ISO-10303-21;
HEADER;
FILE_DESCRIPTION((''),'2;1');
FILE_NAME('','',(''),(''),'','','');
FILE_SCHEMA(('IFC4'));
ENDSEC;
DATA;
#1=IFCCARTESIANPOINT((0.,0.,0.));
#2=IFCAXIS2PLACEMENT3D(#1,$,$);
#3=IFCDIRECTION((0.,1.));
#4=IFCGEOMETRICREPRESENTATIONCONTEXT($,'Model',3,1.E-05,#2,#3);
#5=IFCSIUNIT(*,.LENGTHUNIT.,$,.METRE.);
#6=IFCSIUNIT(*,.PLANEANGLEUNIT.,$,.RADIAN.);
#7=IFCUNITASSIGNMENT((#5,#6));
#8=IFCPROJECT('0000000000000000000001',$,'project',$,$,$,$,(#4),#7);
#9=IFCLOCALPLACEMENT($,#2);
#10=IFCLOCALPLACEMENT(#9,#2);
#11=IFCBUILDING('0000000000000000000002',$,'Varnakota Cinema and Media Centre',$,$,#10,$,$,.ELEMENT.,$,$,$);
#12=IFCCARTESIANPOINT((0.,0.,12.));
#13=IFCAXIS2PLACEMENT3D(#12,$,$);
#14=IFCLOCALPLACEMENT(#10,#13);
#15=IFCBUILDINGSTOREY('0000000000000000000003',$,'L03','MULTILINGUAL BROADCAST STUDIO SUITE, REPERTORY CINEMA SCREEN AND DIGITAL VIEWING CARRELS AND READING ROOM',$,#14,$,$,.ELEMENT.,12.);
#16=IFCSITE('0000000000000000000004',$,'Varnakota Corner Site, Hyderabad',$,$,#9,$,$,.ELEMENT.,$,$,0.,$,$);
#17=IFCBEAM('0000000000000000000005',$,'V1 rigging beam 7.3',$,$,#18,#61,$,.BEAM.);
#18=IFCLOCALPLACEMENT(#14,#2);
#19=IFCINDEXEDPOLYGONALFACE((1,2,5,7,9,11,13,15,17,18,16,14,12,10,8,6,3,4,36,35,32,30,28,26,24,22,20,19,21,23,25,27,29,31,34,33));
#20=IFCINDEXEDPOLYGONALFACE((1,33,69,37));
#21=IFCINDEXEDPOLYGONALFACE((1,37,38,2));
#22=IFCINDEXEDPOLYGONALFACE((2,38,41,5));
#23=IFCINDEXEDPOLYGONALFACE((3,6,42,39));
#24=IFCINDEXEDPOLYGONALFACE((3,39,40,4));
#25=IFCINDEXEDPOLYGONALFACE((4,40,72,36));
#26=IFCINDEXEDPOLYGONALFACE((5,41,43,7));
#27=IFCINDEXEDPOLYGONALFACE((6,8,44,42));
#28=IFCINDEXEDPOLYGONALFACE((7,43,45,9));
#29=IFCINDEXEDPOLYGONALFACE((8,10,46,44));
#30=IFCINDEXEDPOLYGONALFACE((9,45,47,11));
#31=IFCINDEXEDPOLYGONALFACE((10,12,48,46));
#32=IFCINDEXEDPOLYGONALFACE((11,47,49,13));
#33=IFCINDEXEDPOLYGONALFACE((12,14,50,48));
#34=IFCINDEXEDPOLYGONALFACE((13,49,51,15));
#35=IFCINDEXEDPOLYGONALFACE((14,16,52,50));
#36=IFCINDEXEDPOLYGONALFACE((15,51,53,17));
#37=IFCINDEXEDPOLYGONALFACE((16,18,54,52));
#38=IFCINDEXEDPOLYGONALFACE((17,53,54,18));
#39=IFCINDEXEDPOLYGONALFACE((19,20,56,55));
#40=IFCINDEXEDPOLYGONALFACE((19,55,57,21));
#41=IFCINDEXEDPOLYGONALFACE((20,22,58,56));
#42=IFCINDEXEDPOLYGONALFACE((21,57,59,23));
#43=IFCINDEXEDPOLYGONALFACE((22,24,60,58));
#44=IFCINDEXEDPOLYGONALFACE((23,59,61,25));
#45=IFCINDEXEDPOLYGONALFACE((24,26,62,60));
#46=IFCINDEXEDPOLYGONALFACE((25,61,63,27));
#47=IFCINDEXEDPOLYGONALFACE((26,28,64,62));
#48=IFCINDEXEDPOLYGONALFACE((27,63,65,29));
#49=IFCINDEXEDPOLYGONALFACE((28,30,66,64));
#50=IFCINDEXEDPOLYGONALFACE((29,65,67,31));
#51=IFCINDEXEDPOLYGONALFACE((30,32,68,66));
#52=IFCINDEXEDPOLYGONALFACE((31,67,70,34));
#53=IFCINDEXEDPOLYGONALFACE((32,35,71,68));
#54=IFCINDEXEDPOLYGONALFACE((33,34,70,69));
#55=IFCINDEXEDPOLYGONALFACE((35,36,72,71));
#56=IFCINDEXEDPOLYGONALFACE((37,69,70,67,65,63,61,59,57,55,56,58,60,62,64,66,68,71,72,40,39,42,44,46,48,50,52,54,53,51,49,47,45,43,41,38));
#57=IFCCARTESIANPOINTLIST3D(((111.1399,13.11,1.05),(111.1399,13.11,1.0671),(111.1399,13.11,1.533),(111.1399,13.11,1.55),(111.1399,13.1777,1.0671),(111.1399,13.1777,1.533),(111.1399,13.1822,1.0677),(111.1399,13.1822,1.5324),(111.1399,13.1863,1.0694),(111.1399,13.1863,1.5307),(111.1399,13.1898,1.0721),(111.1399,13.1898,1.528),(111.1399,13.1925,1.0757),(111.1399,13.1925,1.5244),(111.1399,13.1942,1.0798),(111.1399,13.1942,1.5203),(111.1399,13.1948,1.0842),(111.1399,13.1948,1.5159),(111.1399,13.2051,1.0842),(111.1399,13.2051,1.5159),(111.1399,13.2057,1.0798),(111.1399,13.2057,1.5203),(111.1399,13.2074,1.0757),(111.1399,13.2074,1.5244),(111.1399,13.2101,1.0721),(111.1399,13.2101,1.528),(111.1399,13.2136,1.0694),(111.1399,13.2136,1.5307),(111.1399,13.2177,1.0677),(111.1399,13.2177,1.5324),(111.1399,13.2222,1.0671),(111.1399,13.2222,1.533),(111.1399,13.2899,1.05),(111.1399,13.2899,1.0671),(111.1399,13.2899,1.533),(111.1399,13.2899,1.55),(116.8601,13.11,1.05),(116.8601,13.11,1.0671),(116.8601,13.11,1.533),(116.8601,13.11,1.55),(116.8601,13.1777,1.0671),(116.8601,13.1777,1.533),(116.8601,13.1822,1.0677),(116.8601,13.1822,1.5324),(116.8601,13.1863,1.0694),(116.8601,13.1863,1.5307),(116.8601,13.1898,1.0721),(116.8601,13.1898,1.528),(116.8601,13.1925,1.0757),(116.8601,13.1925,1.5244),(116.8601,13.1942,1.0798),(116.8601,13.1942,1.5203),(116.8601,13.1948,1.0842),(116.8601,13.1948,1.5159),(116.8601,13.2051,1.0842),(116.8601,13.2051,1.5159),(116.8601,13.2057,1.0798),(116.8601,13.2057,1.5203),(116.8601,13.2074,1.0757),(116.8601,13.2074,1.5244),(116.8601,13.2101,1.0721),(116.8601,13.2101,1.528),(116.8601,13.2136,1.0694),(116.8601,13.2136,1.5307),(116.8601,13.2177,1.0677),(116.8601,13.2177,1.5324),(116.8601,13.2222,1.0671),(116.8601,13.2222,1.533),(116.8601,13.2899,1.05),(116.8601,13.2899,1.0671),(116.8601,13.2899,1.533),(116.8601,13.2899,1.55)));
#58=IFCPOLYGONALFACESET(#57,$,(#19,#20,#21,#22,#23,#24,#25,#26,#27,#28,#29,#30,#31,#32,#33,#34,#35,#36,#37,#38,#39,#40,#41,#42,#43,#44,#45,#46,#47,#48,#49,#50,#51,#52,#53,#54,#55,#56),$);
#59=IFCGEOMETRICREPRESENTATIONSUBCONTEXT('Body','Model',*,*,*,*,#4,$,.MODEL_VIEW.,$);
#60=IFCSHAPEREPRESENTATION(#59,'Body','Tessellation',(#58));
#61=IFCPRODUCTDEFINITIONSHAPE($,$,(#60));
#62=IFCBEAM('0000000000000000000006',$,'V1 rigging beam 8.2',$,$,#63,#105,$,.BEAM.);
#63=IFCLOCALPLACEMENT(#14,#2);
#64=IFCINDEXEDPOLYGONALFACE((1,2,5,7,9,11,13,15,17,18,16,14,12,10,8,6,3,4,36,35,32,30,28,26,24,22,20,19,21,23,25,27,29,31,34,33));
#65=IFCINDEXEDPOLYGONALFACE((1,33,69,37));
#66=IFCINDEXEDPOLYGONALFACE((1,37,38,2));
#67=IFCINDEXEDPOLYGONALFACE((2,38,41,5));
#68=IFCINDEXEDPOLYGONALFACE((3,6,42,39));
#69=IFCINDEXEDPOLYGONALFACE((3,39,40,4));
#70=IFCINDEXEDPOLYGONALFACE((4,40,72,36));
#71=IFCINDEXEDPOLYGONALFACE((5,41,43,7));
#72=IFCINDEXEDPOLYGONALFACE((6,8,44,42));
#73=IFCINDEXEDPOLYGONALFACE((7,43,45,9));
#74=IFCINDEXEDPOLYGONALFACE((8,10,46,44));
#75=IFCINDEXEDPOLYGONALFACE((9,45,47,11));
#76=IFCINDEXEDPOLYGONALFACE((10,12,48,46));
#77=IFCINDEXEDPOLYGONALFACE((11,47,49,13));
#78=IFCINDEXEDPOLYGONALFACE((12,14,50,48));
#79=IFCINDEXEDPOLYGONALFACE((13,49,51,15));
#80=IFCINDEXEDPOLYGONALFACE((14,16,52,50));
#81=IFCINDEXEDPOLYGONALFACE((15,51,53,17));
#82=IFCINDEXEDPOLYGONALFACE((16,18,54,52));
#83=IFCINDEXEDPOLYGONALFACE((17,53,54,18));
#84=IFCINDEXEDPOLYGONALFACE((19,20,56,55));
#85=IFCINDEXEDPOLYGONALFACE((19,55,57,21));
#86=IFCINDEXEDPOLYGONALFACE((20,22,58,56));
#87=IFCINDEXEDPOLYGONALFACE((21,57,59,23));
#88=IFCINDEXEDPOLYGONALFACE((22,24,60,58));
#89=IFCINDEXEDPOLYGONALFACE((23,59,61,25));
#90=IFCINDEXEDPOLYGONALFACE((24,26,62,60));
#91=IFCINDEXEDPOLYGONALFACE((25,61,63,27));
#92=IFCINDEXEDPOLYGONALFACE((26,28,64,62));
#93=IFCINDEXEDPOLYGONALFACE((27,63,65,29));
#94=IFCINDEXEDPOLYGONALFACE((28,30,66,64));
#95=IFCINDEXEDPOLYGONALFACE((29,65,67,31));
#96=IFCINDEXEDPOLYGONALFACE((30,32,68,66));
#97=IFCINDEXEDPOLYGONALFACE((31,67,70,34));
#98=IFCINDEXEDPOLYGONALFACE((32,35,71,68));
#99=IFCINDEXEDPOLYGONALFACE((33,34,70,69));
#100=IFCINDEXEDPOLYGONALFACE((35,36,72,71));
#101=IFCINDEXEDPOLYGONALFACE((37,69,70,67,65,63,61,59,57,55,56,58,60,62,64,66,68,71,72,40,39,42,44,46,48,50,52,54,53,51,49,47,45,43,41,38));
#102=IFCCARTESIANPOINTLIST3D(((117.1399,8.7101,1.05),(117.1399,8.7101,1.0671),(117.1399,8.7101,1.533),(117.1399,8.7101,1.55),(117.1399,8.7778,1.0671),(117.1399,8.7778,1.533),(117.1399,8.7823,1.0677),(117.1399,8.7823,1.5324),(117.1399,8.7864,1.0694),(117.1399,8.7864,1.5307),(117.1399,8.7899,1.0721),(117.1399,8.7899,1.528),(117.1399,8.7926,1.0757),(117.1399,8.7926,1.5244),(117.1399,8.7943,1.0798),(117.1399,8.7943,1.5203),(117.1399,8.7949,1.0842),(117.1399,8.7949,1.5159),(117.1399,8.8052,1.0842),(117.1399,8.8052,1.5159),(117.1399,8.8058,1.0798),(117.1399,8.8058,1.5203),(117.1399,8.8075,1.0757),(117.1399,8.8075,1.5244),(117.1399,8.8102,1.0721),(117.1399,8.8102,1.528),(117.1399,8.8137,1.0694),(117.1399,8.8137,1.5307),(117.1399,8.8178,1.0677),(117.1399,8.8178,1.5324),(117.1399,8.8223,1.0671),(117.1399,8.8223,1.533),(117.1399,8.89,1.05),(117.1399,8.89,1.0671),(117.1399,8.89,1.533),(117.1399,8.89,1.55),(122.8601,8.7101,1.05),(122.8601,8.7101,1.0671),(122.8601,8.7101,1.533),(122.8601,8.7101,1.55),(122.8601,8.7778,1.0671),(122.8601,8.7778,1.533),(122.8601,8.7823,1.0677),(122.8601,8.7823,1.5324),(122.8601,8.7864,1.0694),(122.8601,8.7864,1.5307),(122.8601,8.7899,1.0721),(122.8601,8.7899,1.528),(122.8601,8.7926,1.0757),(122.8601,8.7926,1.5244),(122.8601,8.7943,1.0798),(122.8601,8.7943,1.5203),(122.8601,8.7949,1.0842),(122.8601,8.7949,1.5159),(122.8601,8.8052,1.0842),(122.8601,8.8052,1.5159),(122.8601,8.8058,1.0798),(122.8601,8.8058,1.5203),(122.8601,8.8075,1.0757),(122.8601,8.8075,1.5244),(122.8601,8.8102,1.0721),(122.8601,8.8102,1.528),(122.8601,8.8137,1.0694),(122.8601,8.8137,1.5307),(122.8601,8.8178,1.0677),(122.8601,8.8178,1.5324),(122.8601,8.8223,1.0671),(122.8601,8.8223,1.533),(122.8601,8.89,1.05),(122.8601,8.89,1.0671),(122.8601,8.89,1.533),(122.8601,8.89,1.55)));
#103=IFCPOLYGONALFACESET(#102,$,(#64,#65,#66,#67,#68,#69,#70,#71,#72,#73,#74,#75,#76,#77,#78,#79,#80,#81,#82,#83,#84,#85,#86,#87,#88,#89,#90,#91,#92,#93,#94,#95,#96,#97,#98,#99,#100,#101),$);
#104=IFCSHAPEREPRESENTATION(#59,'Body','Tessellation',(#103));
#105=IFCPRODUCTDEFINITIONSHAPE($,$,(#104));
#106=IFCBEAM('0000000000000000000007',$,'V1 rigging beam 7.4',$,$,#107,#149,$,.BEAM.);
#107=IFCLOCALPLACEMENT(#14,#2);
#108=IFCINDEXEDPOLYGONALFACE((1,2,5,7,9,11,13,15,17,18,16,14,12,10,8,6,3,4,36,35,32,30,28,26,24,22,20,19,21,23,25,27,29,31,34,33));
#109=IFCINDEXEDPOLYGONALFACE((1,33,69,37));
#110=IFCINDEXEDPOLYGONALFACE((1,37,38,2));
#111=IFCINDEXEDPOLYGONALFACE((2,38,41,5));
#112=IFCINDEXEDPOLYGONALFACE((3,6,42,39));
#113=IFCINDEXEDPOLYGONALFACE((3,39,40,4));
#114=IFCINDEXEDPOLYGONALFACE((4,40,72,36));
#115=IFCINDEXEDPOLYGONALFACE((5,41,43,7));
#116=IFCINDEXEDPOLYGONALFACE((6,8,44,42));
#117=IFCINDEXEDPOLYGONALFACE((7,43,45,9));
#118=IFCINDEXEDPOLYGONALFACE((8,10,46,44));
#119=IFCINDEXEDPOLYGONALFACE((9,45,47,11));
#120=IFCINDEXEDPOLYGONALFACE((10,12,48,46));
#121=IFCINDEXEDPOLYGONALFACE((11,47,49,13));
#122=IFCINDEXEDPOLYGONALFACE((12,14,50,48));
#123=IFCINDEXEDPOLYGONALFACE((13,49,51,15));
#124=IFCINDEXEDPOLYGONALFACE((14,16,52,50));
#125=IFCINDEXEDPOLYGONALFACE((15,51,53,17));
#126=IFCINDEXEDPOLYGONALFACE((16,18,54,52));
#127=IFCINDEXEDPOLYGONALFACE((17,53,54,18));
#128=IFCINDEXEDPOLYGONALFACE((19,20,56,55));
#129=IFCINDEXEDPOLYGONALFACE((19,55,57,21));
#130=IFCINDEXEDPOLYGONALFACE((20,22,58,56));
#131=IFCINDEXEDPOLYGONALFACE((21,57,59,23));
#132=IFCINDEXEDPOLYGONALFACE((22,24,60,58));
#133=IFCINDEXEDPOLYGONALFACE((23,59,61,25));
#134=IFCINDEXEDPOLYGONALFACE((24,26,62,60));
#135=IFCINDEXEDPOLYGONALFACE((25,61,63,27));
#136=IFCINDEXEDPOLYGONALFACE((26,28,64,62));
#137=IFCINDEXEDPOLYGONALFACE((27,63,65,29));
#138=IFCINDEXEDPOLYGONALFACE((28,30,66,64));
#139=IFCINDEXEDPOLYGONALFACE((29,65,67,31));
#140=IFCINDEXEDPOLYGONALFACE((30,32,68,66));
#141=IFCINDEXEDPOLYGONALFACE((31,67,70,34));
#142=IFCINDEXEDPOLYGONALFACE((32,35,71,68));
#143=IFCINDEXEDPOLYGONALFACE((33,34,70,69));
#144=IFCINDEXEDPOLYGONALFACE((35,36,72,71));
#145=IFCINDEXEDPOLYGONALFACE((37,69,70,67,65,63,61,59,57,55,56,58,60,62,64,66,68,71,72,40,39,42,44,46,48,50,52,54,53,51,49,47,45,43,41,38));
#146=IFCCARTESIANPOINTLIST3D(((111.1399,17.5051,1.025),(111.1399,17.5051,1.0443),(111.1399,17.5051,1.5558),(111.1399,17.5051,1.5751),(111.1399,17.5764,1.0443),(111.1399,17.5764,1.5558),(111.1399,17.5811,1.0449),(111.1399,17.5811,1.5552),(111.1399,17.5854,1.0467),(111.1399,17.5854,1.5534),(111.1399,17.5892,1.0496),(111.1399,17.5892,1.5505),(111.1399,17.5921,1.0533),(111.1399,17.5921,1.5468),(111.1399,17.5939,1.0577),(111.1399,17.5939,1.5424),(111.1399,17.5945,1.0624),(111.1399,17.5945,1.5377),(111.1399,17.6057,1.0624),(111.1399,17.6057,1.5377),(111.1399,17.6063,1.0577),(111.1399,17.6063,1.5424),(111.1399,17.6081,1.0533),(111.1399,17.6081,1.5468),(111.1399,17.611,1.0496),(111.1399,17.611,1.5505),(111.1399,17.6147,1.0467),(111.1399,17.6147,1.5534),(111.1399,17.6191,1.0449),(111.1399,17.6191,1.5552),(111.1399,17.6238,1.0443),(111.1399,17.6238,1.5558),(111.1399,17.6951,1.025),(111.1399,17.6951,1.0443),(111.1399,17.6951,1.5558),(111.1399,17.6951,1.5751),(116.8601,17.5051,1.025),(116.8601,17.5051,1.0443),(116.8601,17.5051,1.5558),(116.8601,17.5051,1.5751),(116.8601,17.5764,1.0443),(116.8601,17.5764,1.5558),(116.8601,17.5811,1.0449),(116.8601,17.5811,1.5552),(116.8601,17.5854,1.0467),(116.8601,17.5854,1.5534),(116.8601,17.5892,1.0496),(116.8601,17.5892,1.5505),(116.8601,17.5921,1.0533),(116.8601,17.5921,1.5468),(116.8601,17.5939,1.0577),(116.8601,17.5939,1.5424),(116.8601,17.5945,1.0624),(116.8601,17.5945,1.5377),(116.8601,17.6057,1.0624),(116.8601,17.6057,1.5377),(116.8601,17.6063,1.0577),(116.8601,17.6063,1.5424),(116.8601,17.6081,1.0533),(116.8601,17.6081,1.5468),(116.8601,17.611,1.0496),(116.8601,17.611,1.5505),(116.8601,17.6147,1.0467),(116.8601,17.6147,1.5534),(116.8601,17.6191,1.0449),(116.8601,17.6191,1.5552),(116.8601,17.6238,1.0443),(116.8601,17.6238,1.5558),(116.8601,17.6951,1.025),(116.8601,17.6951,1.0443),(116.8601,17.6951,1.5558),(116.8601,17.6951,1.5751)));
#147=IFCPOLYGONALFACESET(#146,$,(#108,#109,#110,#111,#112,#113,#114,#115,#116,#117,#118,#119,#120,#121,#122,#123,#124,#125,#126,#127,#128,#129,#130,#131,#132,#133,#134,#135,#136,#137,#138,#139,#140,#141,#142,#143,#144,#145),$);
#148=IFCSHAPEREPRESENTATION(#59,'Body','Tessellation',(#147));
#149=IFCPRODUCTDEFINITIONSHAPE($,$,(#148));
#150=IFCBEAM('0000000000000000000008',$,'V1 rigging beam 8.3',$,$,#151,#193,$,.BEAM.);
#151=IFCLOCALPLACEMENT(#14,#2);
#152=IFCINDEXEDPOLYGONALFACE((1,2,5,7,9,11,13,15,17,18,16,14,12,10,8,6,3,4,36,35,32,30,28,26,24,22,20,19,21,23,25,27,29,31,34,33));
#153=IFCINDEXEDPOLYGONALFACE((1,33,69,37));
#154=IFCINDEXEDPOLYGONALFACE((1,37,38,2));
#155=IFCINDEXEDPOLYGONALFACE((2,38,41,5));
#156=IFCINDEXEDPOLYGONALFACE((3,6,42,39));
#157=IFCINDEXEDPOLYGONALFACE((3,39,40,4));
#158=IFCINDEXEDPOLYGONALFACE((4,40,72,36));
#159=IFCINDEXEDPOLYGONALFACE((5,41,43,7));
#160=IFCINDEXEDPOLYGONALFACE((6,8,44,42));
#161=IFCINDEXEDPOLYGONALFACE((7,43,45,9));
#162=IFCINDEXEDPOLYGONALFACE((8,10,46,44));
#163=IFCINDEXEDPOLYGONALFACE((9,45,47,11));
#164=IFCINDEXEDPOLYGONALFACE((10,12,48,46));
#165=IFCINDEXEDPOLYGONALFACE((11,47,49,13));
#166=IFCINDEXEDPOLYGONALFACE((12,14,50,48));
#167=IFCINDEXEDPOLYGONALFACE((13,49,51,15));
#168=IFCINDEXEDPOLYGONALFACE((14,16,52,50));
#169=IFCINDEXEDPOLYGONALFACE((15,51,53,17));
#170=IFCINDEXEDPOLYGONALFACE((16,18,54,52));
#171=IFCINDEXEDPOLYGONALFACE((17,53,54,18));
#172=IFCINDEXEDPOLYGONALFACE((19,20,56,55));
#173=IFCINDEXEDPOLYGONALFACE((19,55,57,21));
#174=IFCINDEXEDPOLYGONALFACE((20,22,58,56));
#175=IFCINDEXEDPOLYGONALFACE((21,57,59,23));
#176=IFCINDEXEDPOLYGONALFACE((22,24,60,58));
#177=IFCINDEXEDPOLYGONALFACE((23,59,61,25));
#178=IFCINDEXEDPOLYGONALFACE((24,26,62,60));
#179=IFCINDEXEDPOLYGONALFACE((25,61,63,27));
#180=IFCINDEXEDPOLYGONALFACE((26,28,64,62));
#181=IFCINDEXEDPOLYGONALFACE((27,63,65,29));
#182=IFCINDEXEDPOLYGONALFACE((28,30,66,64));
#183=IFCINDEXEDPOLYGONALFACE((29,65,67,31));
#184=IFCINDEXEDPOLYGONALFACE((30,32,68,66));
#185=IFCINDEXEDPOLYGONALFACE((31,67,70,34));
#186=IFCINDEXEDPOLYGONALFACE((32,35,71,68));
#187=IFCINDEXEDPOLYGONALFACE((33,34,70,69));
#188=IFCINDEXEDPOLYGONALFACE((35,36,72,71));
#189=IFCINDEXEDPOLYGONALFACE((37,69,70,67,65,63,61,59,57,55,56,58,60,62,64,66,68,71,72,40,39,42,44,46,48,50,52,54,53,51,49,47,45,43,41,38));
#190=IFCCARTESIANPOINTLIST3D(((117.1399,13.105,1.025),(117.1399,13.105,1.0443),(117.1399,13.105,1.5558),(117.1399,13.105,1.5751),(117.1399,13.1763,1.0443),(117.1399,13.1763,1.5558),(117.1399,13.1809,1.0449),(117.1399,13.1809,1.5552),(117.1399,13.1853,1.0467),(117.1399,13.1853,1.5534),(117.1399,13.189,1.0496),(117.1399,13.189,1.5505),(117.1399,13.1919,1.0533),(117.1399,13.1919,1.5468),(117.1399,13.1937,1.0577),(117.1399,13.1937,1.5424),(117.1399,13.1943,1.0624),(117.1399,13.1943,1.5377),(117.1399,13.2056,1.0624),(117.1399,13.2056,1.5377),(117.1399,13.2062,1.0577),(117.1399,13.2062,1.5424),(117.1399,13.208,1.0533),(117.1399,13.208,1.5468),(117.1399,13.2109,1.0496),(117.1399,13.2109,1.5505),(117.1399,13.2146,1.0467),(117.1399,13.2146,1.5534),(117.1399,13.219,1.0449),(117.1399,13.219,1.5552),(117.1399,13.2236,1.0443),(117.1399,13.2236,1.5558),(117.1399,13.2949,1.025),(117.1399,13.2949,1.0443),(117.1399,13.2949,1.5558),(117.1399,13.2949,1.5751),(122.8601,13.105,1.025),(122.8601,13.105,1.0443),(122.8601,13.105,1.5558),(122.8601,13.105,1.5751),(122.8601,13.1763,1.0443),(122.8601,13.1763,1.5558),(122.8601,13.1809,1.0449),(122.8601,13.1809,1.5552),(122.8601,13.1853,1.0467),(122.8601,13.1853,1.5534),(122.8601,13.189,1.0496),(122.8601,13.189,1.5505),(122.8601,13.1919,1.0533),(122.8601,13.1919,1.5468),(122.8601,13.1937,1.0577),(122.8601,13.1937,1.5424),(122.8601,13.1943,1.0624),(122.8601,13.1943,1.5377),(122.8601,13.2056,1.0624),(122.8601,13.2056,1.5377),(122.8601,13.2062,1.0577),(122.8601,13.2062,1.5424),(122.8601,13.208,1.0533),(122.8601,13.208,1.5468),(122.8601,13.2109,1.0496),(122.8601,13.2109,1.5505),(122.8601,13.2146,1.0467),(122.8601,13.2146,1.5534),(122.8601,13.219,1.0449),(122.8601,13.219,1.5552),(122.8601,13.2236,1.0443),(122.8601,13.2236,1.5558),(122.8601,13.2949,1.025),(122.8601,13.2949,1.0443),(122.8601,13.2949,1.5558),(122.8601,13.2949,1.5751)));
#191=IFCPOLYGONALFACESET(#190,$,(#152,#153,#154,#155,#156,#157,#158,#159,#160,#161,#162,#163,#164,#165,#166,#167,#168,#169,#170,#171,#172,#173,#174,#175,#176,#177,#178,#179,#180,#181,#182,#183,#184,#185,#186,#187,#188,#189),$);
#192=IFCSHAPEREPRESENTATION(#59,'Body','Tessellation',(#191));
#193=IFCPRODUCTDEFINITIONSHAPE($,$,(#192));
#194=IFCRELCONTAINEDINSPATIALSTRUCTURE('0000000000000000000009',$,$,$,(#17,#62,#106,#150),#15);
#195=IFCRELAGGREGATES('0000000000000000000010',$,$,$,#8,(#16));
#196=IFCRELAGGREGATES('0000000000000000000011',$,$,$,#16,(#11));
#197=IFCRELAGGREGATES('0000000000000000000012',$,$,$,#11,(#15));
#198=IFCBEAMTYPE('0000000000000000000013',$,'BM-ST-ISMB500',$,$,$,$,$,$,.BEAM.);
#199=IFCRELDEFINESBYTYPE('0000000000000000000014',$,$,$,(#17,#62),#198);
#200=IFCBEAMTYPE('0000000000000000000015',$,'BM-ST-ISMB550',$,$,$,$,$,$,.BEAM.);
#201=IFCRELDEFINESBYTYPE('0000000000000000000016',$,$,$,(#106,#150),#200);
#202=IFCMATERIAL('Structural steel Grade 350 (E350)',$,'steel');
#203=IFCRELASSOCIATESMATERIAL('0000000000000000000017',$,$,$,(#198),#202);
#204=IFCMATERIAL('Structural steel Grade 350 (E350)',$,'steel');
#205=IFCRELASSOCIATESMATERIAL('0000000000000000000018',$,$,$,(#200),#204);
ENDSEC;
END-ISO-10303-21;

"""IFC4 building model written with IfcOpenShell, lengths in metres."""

from ifc_helpers import new_model, si_unit, direction, frame, origin, origin_2d, place, context, subcontext, project, spatial, i_section, extrude, material, material_profile, profile_set, type_object, element, save


model = new_model("IFC4")

# Units and contexts
model_context = context("Model", 3, precision=1e-05, world=origin(), true_north=direction((0.0, 1.0)))
body_context = subcontext(model_context, "Body", "Model", "MODEL_VIEW")
ifc_project = project(units=[si_unit("LENGTHUNIT", "METRE"), si_unit("PLANEANGLEUNIT", "RADIAN")], contexts=[model_context])

# Site, building, storey
site_placement = place(None, origin())
site = spatial("IfcSite", under=ifc_project, at=site_placement, Name="Varnakota Corner Site, Hyderabad", CompositionType="ELEMENT", RefElevation=0.0)
building_placement = place(site_placement, origin())
building = spatial("IfcBuilding", under=site, at=building_placement, Name="Varnakota Cinema and Media Centre", CompositionType="ELEMENT")
storey_placement = place(building_placement, frame((0.0, 0.0, 12.0)))
storey = spatial("IfcBuildingStorey", under=building, at=storey_placement, Name="L03", Description="MULTILINGUAL BROADCAST STUDIO SUITE, REPERTORY CINEMA SCREEN AND DIGITAL VIEWING CARRELS AND READING ROOM", CompositionType="ELEMENT", Elevation=12.0)

# Beams
ifc_material_1 = material(Name="Structural steel Grade 350 (E350)", Category="steel")
ifc_material_profile_1 = material_profile(ifc_material_1, i_section(OverallWidth=0.1799, OverallDepth=0.5, WebThickness=0.0103, FlangeThickness=0.0171, FilletRadius=0.0171, at=origin_2d()), Name="ISMB 500")
ifc_profile_set_1 = profile_set([ifc_material_profile_1], Name="Structural steel Grade 350 (E350)")
beam_type_1 = type_object("IfcBeamType", Name="BM-ST-ISMB500", PredefinedType="BEAM", material=ifc_profile_set_1)
for number, where, z_axis, x_axis, name in (
    (1, (111.1399, 13.2, 1.3), (1.0, 0.0, 0.0), (0.0, 1.0, 0.0), "V1 rigging beam 7.3"),
    (2, (117.1399, 8.8, 1.3), (1.0, 0.0, 0.0), (0.0, 1.0, 0.0), "V1 rigging beam 8.2"),
):
    element("IfcBeam", number, at=place(storey_placement, frame(where, z_axis=z_axis, x_axis=x_axis)), inside=storey, type_object=beam_type_1, Name=name, PredefinedType="BEAM", context=body_context, shape_type="SweptSolid", body=[
        extrude(i_section(OverallWidth=0.1799, OverallDepth=0.5, WebThickness=0.0103, FlangeThickness=0.0171, FilletRadius=0.0171, at=origin_2d()), origin(), (0.0, 0.0, 1.0), 5.7202),
    ])
ifc_material_2 = material(Name="Structural steel Grade 350 (E350)", Category="steel")
ifc_material_profile_2 = material_profile(ifc_material_2, i_section(OverallWidth=0.1899, OverallDepth=0.55, WebThickness=0.0112, FlangeThickness=0.0193, FilletRadius=0.0181, at=origin_2d()), Name="ISMB 550")
ifc_profile_set_2 = profile_set([ifc_material_profile_2], Name="Structural steel Grade 350 (E350)")
beam_type_2 = type_object("IfcBeamType", Name="BM-ST-ISMB550", PredefinedType="BEAM", material=ifc_profile_set_2)
for number, where, z_axis, x_axis, name in (
    (3, (111.1399, 17.6001, 1.3), (1.0, 0.0, 0.0), (0.0, 1.0, 0.0), "V1 rigging beam 7.4"),
    (4, (117.1399, 13.2, 1.3), (1.0, 0.0, 0.0), (0.0, 1.0, 0.0), "V1 rigging beam 8.3"),
):
    element("IfcBeam", number, at=place(storey_placement, frame(where, z_axis=z_axis, x_axis=x_axis)), inside=storey, type_object=beam_type_2, Name=name, PredefinedType="BEAM", context=body_context, shape_type="SweptSolid", body=[
        extrude(i_section(OverallWidth=0.1899, OverallDepth=0.55, WebThickness=0.0112, FlangeThickness=0.0193, FilletRadius=0.0181, at=origin_2d()), origin(), (0.0, 0.0, 1.0), 5.7202),
    ])

save(model, "model.ifc")
